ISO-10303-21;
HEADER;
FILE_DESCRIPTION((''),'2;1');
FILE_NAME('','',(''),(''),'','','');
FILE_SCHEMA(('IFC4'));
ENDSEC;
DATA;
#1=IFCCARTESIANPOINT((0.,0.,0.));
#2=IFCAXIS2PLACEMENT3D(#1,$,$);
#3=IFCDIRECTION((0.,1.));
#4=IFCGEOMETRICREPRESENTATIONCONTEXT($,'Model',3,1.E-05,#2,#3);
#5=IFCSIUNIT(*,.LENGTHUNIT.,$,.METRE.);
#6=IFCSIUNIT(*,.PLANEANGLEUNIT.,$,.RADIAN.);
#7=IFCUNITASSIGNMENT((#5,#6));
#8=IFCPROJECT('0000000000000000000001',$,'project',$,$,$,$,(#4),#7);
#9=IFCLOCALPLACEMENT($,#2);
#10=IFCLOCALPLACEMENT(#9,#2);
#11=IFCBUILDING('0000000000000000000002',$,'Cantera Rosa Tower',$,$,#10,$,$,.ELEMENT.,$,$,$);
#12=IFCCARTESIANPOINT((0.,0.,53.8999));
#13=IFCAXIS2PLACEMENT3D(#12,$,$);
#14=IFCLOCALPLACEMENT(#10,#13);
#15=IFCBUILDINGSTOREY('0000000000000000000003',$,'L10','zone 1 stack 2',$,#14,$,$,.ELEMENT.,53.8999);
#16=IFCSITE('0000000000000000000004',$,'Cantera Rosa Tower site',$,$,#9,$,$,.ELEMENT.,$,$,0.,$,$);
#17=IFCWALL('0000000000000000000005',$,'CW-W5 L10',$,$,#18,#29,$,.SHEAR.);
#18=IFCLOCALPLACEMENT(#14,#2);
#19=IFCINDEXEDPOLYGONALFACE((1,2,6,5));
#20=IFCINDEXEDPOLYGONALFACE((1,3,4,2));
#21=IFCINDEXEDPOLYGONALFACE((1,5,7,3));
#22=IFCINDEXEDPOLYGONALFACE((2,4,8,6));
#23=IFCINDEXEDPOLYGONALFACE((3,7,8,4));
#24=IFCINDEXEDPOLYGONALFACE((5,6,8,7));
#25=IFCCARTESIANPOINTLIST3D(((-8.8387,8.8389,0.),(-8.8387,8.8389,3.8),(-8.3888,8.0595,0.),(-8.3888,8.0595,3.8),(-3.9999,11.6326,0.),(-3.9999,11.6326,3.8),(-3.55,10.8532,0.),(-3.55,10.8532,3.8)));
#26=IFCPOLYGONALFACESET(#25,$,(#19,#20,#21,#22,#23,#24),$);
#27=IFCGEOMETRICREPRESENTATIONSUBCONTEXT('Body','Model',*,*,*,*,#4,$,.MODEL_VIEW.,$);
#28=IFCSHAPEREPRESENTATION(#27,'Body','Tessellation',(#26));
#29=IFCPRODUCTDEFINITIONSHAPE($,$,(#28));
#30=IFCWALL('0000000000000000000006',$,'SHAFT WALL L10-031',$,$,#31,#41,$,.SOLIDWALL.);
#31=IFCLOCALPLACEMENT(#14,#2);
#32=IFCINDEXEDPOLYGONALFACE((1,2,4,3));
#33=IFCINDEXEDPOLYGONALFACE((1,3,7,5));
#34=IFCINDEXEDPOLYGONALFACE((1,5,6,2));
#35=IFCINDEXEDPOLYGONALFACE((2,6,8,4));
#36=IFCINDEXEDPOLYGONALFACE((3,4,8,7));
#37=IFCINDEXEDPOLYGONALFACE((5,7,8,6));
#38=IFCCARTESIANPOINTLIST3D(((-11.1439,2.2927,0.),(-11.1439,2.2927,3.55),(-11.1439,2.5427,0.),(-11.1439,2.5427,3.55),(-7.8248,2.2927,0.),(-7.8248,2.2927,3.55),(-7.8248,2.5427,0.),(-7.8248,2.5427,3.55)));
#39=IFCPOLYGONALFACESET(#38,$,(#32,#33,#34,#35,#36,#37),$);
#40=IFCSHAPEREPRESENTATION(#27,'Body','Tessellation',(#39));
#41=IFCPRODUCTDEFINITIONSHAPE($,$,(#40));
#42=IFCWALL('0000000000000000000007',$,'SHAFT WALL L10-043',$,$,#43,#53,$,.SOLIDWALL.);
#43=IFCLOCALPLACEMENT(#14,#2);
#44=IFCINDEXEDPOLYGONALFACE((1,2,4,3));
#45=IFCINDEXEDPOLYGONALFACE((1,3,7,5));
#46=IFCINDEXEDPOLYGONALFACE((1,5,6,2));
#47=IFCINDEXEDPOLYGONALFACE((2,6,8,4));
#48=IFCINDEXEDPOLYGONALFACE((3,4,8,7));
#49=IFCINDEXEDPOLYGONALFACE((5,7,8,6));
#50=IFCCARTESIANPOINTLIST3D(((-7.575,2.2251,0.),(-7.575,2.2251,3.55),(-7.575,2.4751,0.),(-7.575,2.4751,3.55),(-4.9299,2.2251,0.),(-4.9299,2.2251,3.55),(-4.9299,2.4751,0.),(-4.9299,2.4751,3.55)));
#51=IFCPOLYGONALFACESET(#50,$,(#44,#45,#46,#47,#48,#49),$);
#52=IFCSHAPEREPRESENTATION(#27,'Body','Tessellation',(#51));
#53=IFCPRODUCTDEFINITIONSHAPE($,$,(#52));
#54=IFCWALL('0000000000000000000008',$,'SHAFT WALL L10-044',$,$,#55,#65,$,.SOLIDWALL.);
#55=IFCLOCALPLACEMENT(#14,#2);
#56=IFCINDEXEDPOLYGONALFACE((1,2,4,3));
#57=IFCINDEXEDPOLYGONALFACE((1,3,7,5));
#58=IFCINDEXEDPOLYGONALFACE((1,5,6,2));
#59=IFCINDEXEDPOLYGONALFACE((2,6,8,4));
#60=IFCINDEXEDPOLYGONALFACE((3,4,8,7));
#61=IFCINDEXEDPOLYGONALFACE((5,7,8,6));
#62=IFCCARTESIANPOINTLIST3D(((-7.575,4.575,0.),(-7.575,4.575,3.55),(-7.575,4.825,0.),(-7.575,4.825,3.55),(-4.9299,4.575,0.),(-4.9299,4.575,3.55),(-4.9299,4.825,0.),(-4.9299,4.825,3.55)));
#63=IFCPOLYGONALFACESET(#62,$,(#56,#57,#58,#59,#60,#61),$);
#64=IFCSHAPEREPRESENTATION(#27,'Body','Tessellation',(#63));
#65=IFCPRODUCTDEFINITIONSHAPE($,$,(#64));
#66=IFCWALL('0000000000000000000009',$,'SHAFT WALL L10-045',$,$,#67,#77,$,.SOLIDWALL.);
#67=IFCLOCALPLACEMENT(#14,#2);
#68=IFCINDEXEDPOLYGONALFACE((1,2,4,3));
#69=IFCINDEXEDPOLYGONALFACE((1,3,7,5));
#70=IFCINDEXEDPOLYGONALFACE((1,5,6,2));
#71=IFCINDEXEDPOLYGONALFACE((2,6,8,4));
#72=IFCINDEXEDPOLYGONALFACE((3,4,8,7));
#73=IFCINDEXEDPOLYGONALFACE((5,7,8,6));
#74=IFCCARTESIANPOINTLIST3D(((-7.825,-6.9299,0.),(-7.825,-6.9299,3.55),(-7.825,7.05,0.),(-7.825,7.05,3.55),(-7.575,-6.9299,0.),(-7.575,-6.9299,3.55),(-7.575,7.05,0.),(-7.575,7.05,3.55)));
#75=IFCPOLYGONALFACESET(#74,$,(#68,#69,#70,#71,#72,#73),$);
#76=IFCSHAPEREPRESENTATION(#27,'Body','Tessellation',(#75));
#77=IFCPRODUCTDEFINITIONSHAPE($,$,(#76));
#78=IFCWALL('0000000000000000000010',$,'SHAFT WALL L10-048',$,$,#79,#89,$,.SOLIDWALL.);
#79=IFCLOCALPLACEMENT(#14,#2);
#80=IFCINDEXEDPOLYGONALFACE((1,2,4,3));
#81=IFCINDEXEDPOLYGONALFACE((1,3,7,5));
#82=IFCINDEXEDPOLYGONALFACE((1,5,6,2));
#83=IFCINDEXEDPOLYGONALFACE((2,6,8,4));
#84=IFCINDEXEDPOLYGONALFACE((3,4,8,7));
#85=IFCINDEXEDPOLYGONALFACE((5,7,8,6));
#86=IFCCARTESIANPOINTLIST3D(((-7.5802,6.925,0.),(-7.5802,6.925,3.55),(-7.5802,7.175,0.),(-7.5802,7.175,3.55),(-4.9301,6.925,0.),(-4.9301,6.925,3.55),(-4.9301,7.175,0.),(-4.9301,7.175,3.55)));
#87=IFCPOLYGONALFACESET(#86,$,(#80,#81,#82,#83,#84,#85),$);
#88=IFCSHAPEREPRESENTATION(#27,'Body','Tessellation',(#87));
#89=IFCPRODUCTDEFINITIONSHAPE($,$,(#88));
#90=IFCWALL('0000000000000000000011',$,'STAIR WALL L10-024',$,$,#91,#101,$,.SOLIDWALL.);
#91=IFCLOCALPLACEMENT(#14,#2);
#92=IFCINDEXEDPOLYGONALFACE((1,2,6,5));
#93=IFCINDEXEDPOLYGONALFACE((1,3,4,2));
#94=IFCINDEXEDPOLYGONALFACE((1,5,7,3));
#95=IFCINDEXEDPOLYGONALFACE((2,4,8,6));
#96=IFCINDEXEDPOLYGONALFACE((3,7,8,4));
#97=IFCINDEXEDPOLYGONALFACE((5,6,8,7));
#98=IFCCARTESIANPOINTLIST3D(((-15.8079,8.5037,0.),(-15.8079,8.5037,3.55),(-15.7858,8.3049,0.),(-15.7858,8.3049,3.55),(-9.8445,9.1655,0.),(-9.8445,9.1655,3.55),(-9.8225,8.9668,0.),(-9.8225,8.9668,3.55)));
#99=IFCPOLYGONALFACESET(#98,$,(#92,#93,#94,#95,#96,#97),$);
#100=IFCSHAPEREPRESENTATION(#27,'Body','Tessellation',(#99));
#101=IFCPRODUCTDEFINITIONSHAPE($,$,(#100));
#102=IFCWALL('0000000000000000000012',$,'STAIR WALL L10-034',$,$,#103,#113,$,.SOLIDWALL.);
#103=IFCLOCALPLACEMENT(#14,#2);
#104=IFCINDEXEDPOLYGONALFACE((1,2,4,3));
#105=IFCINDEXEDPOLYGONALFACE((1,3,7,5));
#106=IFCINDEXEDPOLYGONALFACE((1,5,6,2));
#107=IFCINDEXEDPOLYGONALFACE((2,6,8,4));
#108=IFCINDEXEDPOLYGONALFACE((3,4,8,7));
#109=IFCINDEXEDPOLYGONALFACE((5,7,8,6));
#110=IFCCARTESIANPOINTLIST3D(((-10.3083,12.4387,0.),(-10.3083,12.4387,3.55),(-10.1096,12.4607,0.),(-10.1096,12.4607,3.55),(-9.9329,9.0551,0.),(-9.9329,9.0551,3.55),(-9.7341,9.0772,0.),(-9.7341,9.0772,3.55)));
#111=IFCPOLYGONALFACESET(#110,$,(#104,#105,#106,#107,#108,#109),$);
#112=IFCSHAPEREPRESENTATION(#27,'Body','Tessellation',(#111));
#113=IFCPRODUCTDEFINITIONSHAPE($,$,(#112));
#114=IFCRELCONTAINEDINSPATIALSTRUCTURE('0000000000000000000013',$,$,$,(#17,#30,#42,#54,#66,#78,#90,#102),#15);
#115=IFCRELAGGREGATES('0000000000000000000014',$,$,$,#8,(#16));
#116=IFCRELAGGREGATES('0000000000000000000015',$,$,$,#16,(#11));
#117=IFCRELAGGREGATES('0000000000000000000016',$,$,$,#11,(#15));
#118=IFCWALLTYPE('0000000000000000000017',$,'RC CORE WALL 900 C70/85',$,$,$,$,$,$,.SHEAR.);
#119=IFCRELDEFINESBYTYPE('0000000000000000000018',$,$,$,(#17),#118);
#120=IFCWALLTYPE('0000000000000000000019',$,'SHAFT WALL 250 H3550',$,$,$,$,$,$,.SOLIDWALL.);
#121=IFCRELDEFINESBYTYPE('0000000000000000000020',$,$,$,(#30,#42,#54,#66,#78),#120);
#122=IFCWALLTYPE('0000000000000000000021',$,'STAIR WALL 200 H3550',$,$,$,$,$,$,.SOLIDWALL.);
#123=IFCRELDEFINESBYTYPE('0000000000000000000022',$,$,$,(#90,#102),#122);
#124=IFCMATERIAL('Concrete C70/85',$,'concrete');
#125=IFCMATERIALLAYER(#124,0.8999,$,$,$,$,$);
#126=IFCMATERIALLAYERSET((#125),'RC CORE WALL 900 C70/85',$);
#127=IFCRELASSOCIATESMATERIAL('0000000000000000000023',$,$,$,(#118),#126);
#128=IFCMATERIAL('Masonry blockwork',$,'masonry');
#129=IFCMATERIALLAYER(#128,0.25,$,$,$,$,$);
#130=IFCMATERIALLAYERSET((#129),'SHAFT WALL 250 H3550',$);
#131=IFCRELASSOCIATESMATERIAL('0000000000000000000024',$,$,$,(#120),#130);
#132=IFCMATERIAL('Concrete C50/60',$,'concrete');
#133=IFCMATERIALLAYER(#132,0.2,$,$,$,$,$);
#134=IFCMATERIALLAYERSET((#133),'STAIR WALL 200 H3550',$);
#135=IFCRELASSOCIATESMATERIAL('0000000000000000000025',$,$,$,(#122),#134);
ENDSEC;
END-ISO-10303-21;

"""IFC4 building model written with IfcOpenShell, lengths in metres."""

from ifc_helpers import new_model, si_unit, direction, frame, frame_2d, origin, place, context, subcontext, project, spatial, rectangle, extrude, material, layer, layer_set, type_object, element, save


model = new_model("IFC4")

# Units and contexts
model_context = context("Model", 3, precision=1e-05, world=origin(), true_north=direction((0.0, 1.0)))
body_context = subcontext(model_context, "Body", "Model", "MODEL_VIEW")
ifc_project = project(units=[si_unit("LENGTHUNIT", "METRE"), si_unit("PLANEANGLEUNIT", "RADIAN")], contexts=[model_context])

# Site, building, storey
site_placement = place(None, origin())
site = spatial("IfcSite", under=ifc_project, at=site_placement, Name="Cantera Rosa Tower site", CompositionType="ELEMENT", RefElevation=0.0)
building_placement = place(site_placement, origin())
building = spatial("IfcBuilding", under=site, at=building_placement, Name="Cantera Rosa Tower", CompositionType="ELEMENT")
storey_placement = place(building_placement, frame((0.0, 0.0, 53.8999)))
storey = spatial("IfcBuildingStorey", under=building, at=storey_placement, Name="L10", Description="zone 1 stack 2", CompositionType="ELEMENT", Elevation=53.8999)

# Walls
ifc_material_1 = material(Name="Concrete C70/85", Category="concrete")
ifc_layer_1 = layer(ifc_material_1, 0.8999)
ifc_layer_set_1 = layer_set([ifc_layer_1], Name="RC CORE WALL 900 C70/85")
wall_type_1 = type_object("IfcWallType", Name="RC CORE WALL 900 C70/85", PredefinedType="SHEAR", material=ifc_layer_set_1)
wall_1_placement = place(storey_placement, frame((-8.6138, 8.4492, 0.0), z_axis=(0.0, 0.0, 1.0), x_axis=(0.866027, 0.499997, 0.0)))
element("IfcWall", 1, at=wall_1_placement, inside=storey, type_object=wall_type_1, Name="CW-W5 L10", PredefinedType="SHEAR", context=body_context, shape_type="SweptSolid", body=[
    extrude(rectangle(XDim=5.5874, YDim=0.8999, at=frame_2d((2.7937, 0.0))), origin(), (0.0, 0.0, 1.0), 3.8),
])
ifc_material_2 = material(Name="Masonry blockwork", Category="masonry")
ifc_layer_2 = layer(ifc_material_2, 0.25)
ifc_layer_set_2 = layer_set([ifc_layer_2], Name="SHAFT WALL 250 H3550")
wall_type_2 = type_object("IfcWallType", Name="SHAFT WALL 250 H3550", PredefinedType="SOLIDWALL", material=ifc_layer_set_2)
wall_2_placement = place(storey_placement, frame((-11.144, 2.4177, 0.0), z_axis=(0.0, 0.0, 1.0), x_axis=(1.0, 0.0, 0.0)))
element("IfcWall", 2, at=wall_2_placement, inside=storey, type_object=wall_type_2, Name="SHAFT WALL L10-031", PredefinedType="SOLIDWALL", context=body_context, shape_type="SweptSolid", body=[
    extrude(rectangle(XDim=3.3191, YDim=0.25, at=frame_2d((1.6597, 0.0))), origin(), (0.0, 0.0, 1.0), 3.55),
])
for number, where, z_axis, x_axis, name in (
    (3, (-7.575, 2.3501, 0.0), (0.0, 0.0, 1.0), (1.0, 0.0, 0.0), "SHAFT WALL L10-043"),
    (4, (-7.575, 4.7, 0.0), (0.0, 0.0, 1.0), (1.0, 0.0, 0.0), "SHAFT WALL L10-044"),
):
    element("IfcWall", number, at=place(storey_placement, frame(where, z_axis=z_axis, x_axis=x_axis)), inside=storey, type_object=wall_type_2, Name=name, PredefinedType="SOLIDWALL", context=body_context, shape_type="SweptSolid", body=[
        extrude(rectangle(XDim=2.645, YDim=0.25, at=frame_2d((1.3225, 0.0))), origin(), (0.0, 0.0, 1.0), 3.55),
    ])
wall_3_placement = place(storey_placement, frame((-7.7, 7.05, 0.0), z_axis=(0.0, 0.0, 1.0), x_axis=(0.0, -1.0, 0.0)))
element("IfcWall", 5, at=wall_3_placement, inside=storey, type_object=wall_type_2, Name="SHAFT WALL L10-045", PredefinedType="SOLIDWALL", context=body_context, shape_type="SweptSolid", body=[
    extrude(rectangle(XDim=13.98, YDim=0.25, at=frame_2d((6.99, 0.0))), origin(), (0.0, 0.0, 1.0), 3.55),
])
wall_4_placement = place(storey_placement, frame((-4.9299, 7.05, 0.0), z_axis=(0.0, 0.0, 1.0), x_axis=(-1.0, 0.0, 0.0)))
element("IfcWall", 6, at=wall_4_placement, inside=storey, type_object=wall_type_2, Name="SHAFT WALL L10-048", PredefinedType="SOLIDWALL", context=body_context, shape_type="SweptSolid", body=[
    extrude(rectangle(XDim=2.6501, YDim=0.25, at=frame_2d((1.3252, 0.0))), origin(), (0.0, 0.0, 1.0), 3.55),
])
ifc_material_3 = material(Name="Concrete C50/60", Category="concrete")
ifc_layer_3 = layer(ifc_material_3, 0.2)
ifc_layer_set_3 = layer_set([ifc_layer_3], Name="STAIR WALL 200 H3550")
wall_type_3 = type_object("IfcWallType", Name="STAIR WALL 200 H3550", PredefinedType="SOLIDWALL", material=ifc_layer_set_3)
wall_5_placement = place(storey_placement, frame((-15.7969, 8.4043, 0.0), z_axis=(0.0, 0.0, 1.0), x_axis=(0.993897, 0.110311, 0.0)))
element("IfcWall", 7, at=wall_5_placement, inside=storey, type_object=wall_type_3, Name="STAIR WALL L10-024", PredefinedType="SOLIDWALL", context=body_context, shape_type="SweptSolid", body=[
    extrude(rectangle(XDim=6.0, YDim=0.2, at=frame_2d((3.0, 0.0))), origin(), (0.0, 0.0, 1.0), 3.55),
])
wall_6_placement = place(storey_placement, frame((-9.8335, 9.0662, 0.0), z_axis=(0.0, 0.0, 1.0), x_axis=(-0.110298, 0.993899, 0.0)))
element("IfcWall", 8, at=wall_6_placement, inside=storey, type_object=wall_type_3, Name="STAIR WALL L10-034", PredefinedType="SOLIDWALL", context=body_context, shape_type="SweptSolid", body=[
    extrude(rectangle(XDim=3.4043, YDim=0.2, at=frame_2d((1.7021, 0.0))), origin(), (0.0, 0.0, 1.0), 3.55),
])

save(model, "model.ifc")
